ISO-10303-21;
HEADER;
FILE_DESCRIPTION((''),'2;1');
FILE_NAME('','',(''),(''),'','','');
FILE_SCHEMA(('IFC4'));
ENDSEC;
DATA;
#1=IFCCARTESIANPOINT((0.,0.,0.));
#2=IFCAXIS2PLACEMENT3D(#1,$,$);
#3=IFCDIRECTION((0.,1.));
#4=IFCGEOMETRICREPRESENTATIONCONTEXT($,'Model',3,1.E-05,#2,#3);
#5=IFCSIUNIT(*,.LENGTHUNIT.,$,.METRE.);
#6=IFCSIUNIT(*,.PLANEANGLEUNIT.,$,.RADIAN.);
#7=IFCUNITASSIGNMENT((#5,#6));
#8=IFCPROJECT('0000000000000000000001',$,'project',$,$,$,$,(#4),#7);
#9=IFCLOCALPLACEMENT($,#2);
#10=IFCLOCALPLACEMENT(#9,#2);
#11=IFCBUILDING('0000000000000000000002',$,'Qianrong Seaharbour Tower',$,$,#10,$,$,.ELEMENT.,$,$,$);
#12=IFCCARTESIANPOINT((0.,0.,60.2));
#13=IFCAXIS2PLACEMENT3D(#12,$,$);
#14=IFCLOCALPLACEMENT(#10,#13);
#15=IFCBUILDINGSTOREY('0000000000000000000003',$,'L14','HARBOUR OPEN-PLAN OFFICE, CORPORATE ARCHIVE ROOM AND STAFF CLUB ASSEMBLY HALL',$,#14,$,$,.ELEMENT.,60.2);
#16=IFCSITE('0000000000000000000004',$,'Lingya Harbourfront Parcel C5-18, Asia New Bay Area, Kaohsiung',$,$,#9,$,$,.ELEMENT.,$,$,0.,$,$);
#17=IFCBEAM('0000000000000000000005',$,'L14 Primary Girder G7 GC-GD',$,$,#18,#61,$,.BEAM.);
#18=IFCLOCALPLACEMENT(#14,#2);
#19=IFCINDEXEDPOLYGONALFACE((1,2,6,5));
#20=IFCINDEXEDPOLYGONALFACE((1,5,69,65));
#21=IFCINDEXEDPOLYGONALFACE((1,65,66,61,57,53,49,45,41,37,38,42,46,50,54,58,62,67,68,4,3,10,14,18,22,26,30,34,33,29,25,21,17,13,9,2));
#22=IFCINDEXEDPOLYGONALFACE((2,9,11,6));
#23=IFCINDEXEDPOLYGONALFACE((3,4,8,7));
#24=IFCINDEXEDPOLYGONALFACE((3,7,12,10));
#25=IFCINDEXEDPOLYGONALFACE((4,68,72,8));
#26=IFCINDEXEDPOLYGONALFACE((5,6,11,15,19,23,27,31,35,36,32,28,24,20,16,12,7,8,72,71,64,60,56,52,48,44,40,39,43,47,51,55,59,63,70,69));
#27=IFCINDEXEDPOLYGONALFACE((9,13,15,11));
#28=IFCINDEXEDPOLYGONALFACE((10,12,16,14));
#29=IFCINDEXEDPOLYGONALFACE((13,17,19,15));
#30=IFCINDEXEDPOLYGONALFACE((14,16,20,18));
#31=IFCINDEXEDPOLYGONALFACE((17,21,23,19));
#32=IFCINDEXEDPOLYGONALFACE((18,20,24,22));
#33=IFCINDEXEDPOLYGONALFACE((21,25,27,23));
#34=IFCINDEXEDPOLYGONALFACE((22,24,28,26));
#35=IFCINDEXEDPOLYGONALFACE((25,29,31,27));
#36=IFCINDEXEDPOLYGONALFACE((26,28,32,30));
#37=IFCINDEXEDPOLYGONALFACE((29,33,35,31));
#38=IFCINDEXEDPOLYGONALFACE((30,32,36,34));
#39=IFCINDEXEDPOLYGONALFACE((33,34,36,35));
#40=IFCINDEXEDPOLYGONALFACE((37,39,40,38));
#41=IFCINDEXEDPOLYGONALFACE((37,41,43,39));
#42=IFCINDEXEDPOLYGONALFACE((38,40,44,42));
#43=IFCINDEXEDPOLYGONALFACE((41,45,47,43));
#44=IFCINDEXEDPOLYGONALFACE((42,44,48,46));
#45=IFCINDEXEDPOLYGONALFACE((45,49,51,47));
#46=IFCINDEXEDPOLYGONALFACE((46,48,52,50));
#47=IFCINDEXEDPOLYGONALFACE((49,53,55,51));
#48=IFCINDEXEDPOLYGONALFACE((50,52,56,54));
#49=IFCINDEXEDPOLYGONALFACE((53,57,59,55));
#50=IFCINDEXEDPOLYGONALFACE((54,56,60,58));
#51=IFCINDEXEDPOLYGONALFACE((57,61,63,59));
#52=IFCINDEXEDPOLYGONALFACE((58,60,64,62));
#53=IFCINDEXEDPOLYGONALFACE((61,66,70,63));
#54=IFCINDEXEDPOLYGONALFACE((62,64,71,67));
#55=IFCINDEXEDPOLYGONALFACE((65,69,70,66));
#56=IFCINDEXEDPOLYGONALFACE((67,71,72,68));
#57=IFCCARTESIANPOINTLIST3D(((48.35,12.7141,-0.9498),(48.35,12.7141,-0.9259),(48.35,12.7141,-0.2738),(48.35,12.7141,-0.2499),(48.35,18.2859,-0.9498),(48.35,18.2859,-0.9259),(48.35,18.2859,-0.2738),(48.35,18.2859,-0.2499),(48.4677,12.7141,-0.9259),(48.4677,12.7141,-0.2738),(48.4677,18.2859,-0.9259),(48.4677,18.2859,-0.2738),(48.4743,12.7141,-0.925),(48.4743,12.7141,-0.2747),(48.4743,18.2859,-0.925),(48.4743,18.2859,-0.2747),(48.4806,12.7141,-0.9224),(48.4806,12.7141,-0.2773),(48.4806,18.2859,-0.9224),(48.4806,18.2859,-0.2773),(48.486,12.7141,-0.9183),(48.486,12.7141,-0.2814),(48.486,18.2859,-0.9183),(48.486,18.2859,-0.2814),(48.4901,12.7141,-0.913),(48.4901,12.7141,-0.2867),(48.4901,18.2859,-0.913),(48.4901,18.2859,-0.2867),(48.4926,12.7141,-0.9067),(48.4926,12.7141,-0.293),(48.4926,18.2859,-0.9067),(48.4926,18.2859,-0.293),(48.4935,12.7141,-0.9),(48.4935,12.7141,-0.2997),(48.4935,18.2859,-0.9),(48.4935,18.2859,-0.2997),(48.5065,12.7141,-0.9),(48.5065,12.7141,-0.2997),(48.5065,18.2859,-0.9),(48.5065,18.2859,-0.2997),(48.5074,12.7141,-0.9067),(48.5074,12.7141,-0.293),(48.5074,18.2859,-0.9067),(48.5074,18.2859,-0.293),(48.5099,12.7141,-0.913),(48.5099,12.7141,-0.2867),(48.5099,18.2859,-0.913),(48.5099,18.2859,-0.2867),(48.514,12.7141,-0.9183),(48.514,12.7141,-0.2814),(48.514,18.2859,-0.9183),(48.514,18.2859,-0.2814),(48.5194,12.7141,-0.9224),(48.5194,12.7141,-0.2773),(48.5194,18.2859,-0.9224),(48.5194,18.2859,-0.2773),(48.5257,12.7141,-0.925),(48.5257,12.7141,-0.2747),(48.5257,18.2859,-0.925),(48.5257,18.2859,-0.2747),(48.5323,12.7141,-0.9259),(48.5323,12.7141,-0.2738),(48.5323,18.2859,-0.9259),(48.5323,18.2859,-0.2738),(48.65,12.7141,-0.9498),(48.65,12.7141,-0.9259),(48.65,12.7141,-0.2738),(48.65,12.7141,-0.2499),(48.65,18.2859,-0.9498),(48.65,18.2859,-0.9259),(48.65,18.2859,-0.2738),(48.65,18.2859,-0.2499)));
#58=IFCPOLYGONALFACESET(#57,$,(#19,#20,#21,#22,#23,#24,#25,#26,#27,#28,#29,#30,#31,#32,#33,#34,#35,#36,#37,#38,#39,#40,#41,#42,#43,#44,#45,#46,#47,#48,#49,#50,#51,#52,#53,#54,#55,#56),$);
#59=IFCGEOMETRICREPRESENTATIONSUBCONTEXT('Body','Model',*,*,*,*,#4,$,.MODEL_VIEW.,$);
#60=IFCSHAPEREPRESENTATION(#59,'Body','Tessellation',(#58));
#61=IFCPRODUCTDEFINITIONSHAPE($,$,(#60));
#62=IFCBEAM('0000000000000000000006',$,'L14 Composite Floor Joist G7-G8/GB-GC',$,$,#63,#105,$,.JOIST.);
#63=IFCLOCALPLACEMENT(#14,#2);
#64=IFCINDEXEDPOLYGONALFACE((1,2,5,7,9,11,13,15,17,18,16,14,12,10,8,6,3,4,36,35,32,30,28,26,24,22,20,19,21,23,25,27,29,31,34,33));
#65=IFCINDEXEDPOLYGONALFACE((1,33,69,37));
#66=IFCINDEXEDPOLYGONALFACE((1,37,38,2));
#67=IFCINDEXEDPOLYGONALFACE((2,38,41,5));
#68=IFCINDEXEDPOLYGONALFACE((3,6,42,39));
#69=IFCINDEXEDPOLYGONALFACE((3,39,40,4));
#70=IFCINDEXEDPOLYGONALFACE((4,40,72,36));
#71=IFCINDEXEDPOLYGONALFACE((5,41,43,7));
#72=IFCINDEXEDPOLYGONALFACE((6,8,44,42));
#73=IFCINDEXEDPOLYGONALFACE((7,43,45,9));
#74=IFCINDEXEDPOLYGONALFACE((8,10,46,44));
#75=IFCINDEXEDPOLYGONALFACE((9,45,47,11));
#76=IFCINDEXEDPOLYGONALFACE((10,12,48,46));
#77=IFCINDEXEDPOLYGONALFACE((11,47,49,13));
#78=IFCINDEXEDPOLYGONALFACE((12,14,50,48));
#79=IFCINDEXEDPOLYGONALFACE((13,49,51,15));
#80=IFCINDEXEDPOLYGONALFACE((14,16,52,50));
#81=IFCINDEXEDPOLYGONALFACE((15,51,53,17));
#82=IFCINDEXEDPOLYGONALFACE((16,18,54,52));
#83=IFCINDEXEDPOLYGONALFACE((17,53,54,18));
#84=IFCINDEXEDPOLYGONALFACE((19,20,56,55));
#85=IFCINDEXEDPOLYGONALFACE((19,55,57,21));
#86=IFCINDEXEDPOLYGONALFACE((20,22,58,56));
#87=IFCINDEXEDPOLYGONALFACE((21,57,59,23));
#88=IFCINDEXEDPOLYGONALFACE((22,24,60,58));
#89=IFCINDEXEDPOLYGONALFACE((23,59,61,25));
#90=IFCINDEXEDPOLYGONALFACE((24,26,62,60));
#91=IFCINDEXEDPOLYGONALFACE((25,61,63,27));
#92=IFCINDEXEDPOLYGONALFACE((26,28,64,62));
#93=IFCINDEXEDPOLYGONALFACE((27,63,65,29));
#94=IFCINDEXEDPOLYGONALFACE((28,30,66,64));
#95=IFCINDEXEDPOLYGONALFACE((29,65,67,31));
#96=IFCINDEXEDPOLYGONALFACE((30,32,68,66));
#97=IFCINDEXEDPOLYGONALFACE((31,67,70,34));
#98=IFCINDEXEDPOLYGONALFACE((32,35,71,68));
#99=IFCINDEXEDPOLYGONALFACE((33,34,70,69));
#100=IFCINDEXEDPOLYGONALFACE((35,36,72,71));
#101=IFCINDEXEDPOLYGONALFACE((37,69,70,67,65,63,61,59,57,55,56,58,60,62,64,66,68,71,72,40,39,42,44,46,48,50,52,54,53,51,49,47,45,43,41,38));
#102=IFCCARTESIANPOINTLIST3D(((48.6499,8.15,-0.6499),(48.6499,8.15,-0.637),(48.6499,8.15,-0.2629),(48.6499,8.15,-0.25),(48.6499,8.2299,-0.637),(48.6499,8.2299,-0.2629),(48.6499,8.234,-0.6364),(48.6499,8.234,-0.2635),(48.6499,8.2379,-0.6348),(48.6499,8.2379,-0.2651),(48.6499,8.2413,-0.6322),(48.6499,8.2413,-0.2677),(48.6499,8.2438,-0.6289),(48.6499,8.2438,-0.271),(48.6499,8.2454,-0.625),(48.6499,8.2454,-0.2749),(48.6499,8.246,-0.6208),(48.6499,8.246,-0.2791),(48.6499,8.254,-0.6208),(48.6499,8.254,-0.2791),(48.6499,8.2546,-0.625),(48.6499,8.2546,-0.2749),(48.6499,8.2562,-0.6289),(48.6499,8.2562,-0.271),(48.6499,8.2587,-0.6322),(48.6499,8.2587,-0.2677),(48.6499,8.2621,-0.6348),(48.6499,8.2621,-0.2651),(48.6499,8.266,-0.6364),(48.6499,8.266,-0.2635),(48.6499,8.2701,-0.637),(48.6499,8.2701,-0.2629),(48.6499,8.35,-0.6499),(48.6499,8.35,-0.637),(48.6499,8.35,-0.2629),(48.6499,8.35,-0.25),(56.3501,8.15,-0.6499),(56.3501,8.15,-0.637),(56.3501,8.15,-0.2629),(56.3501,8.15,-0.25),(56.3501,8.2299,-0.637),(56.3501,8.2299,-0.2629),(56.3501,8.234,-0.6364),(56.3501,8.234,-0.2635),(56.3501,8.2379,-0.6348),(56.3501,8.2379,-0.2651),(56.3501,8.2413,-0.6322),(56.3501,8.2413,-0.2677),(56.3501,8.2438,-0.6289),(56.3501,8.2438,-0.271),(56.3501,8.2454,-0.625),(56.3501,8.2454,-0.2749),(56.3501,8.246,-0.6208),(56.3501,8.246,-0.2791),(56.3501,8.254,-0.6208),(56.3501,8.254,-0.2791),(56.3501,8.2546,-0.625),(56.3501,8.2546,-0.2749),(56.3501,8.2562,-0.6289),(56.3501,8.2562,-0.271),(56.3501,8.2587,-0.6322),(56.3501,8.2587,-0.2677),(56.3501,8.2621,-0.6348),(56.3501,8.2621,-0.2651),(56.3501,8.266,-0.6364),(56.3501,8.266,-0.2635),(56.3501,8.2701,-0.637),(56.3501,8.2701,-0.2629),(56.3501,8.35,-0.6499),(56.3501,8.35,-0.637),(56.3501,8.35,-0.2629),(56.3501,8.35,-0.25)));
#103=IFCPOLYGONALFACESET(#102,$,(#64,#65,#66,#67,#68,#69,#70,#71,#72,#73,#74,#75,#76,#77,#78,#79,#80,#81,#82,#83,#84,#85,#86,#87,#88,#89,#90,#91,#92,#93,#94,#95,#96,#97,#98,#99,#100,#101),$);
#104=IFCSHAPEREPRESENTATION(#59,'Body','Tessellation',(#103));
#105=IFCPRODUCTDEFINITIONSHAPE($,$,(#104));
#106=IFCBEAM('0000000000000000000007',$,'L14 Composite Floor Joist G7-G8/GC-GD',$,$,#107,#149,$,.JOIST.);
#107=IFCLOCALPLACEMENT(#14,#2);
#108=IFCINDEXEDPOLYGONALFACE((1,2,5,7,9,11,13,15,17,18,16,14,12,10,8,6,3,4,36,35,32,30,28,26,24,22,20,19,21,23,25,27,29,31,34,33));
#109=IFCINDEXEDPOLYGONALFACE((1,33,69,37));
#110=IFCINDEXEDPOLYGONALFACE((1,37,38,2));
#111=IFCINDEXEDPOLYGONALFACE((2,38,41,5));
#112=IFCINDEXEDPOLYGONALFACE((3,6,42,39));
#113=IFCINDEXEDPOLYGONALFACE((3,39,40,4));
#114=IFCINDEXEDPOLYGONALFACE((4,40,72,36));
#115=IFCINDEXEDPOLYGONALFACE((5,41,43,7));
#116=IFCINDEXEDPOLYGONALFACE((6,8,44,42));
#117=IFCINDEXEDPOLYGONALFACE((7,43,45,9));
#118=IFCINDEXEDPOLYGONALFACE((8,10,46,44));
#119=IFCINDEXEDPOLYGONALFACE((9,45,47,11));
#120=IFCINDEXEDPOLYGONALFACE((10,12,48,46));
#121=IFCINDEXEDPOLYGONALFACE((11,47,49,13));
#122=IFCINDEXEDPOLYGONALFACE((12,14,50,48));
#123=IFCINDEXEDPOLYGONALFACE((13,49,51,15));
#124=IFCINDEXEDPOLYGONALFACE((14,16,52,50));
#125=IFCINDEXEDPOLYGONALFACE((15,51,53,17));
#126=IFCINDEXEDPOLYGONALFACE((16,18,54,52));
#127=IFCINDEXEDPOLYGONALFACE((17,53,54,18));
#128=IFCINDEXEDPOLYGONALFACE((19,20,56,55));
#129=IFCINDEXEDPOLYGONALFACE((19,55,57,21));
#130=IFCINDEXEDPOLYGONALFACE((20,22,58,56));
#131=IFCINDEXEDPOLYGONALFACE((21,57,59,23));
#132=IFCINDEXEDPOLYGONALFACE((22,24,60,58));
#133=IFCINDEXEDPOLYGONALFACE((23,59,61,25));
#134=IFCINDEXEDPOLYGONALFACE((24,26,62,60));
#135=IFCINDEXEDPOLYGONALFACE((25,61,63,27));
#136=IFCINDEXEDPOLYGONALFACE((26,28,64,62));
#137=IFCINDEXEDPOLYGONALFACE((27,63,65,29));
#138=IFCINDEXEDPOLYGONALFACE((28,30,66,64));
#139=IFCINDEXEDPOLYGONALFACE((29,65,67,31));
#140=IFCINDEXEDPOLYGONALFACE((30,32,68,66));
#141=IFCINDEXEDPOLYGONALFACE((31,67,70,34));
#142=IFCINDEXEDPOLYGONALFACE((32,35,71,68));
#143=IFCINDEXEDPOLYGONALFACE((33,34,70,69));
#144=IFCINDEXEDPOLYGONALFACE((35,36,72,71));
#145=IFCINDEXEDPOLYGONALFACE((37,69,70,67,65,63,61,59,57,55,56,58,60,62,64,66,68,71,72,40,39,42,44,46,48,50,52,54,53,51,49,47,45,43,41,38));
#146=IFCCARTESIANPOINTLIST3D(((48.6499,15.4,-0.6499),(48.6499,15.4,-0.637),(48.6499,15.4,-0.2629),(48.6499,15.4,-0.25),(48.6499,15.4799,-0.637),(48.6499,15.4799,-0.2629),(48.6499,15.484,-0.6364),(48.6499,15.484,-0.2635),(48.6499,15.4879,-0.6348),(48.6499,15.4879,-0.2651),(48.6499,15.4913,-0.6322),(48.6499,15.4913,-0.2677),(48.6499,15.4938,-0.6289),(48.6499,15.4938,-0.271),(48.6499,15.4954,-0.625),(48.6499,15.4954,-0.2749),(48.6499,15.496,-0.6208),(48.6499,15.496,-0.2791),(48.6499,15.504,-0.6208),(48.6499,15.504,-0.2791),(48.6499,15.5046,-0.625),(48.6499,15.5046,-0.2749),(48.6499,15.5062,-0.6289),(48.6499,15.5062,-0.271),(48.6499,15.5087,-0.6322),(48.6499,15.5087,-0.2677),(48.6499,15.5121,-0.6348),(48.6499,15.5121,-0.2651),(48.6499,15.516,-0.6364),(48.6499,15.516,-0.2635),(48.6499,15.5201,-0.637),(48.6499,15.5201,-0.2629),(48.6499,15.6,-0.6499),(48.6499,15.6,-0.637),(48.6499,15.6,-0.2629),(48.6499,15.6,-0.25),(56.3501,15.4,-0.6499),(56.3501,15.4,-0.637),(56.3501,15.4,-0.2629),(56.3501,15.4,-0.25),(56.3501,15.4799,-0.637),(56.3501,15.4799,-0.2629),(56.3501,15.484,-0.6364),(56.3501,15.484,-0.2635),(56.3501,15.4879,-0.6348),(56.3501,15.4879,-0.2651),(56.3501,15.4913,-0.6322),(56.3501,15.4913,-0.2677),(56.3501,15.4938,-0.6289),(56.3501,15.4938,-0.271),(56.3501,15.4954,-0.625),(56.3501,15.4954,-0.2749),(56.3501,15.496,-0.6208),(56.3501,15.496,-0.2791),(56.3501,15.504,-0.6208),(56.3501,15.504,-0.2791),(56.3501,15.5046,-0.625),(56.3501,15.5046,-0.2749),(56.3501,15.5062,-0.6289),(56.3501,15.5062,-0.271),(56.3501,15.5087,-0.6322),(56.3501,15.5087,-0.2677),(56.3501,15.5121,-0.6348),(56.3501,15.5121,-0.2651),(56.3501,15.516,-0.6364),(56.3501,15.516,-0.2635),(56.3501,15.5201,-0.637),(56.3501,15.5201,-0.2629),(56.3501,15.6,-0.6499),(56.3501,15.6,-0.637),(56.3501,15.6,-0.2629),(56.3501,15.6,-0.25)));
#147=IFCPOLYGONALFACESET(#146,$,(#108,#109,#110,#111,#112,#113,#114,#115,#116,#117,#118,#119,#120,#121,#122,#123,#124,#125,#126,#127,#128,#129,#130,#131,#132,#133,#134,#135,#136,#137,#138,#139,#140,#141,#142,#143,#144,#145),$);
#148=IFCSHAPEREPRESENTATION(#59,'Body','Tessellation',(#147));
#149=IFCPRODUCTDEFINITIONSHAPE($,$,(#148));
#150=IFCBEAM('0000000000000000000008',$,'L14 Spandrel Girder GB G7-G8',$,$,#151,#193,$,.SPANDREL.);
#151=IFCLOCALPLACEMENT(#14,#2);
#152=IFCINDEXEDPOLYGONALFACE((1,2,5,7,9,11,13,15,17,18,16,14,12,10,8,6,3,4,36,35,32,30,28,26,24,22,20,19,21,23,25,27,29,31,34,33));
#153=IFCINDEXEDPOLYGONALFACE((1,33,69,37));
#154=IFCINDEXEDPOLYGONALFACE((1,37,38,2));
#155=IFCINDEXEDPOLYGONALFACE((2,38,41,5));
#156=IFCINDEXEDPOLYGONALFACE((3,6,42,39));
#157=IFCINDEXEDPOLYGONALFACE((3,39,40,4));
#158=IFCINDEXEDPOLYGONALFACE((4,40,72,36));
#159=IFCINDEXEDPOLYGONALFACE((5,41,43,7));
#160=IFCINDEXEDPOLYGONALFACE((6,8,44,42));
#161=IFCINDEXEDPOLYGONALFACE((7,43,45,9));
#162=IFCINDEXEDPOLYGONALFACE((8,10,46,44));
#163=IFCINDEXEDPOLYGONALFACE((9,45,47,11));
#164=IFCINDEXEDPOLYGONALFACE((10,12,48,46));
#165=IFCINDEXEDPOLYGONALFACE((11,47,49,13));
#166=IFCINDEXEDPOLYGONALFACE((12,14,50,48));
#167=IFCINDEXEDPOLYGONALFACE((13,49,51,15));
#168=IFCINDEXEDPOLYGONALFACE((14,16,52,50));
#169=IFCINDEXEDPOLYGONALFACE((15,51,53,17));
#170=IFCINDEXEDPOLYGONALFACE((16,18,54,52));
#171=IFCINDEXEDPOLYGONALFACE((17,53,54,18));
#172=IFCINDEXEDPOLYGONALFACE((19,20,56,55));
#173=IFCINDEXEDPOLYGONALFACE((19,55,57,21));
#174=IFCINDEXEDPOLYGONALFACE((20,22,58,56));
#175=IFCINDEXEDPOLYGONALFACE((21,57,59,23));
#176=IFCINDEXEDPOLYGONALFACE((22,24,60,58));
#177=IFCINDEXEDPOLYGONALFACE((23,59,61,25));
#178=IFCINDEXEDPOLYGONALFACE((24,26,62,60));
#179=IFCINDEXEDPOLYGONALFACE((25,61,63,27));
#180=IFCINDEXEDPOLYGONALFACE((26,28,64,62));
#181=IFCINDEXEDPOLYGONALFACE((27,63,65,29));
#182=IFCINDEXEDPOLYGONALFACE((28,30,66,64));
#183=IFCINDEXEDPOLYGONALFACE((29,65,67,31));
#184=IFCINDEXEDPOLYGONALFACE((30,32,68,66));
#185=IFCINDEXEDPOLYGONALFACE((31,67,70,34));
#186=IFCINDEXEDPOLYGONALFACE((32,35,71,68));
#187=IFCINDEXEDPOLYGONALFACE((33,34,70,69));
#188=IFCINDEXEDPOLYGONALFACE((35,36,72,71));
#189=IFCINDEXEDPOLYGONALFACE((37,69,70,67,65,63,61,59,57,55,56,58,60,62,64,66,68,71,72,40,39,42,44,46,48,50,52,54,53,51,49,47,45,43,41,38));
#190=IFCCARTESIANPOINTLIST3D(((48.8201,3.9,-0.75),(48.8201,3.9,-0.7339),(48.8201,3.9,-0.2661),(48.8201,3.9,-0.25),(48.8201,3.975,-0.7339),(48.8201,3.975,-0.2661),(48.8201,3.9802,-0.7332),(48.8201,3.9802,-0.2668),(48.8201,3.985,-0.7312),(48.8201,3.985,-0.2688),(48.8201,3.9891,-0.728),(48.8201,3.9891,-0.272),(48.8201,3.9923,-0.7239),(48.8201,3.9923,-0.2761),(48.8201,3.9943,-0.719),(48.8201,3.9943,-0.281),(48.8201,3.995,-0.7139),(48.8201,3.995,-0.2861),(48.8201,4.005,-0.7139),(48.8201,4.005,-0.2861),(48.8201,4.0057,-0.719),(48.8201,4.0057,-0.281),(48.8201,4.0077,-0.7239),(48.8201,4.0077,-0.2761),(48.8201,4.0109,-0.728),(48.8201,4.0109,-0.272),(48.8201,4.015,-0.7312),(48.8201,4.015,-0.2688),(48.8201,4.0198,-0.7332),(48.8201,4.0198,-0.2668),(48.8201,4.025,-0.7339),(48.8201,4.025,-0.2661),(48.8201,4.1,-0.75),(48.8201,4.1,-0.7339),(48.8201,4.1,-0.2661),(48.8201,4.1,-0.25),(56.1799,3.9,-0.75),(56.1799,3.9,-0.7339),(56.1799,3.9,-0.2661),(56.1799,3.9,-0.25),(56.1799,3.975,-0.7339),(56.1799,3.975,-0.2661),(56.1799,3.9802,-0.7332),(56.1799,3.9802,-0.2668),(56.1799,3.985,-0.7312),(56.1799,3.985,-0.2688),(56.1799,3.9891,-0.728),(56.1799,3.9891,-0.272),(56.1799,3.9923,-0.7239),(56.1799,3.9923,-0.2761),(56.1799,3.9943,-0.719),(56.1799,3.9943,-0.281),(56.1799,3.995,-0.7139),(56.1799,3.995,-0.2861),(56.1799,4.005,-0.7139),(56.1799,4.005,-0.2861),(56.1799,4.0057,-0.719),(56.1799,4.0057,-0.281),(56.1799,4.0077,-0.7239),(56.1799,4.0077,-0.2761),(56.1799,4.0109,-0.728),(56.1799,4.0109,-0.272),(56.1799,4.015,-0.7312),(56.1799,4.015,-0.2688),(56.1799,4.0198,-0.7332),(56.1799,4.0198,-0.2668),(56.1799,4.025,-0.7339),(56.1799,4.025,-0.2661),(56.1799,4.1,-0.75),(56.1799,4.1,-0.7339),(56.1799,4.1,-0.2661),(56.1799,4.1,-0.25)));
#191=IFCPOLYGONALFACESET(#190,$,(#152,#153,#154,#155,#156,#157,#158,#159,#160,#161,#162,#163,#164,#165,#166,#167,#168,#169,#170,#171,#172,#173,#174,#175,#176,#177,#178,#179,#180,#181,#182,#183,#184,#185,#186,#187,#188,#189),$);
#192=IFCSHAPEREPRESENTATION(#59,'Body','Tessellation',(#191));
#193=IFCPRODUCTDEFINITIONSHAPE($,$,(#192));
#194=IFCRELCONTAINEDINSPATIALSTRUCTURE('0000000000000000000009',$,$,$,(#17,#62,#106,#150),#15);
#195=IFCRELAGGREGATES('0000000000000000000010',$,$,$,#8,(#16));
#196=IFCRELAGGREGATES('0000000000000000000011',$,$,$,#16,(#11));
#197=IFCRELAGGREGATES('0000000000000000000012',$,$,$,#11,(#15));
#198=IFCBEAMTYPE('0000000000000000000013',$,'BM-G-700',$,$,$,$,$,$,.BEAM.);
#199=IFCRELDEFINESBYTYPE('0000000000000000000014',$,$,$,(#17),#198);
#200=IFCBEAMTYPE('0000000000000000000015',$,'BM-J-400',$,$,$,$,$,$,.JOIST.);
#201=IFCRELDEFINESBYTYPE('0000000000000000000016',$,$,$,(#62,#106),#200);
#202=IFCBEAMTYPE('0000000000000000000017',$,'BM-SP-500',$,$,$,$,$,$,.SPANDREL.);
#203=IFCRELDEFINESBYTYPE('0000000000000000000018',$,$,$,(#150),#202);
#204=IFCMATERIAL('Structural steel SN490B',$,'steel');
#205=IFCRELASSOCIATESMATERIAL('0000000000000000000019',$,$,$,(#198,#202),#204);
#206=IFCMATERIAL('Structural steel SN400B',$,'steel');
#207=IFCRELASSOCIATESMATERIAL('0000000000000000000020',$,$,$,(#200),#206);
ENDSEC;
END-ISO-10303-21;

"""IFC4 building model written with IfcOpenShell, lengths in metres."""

from ifc_helpers import new_model, si_unit, direction, frame, origin, origin_2d, place, context, subcontext, project, spatial, i_section, extrude, material, material_profile, profile_set, type_object, element, save


model = new_model("IFC4")

# Units and contexts
model_context = context("Model", 3, precision=1e-05, world=origin(), true_north=direction((0.0, 1.0)))
body_context = subcontext(model_context, "Body", "Model", "MODEL_VIEW")
ifc_project = project(units=[si_unit("LENGTHUNIT", "METRE"), si_unit("PLANEANGLEUNIT", "RADIAN")], contexts=[model_context])

# Site, building, storey
site_placement = place(None, origin())
site = spatial("IfcSite", under=ifc_project, at=site_placement, Name="Lingya Harbourfront Parcel C5-18, Asia New Bay Area, Kaohsiung", CompositionType="ELEMENT", RefElevation=0.0)
building_placement = place(site_placement, origin())
building = spatial("IfcBuilding", under=site, at=building_placement, Name="Qianrong Seaharbour Tower", CompositionType="ELEMENT")
storey_placement = place(building_placement, frame((0.0, 0.0, 60.2)))
storey = spatial("IfcBuildingStorey", under=building, at=storey_placement, Name="L14", Description="HARBOUR OPEN-PLAN OFFICE, CORPORATE ARCHIVE ROOM AND STAFF CLUB ASSEMBLY HALL", CompositionType="ELEMENT", Elevation=60.2)

# Shared definitions
ifc_material_1 = material(Name="Structural steel SN490B", Category="steel")

# Beams
ifc_material_profile_1 = material_profile(ifc_material_1, i_section(OverallWidth=0.3, OverallDepth=0.7, WebThickness=0.0129, FlangeThickness=0.0239, FilletRadius=0.0259, at=origin_2d()), Name="H700x300x13x24")
ifc_profile_set_1 = profile_set([ifc_material_profile_1], Name="Structural steel SN490B")
beam_type_1 = type_object("IfcBeamType", Name="BM-G-700", PredefinedType="BEAM", material=ifc_profile_set_1)
beam_1_placement = place(storey_placement, frame((48.5, 12.7141, -0.5999), z_axis=(0.0, 1.0, 0.0), x_axis=(-1.0, 0.0, 0.0)))
element("IfcBeam", 1, at=beam_1_placement, inside=storey, type_object=beam_type_1, Name="L14 Primary Girder G7 GC-GD", PredefinedType="BEAM", context=body_context, shape_type="SweptSolid", body=[
    extrude(i_section(OverallWidth=0.3, OverallDepth=0.7, WebThickness=0.0129, FlangeThickness=0.0239, FilletRadius=0.0259, at=origin_2d()), origin(), (0.0, 0.0, 1.0), 5.5718),
])
ifc_material_2 = material(Name="Structural steel SN400B", Category="steel")
ifc_material_profile_2 = material_profile(ifc_material_2, i_section(OverallWidth=0.2, OverallDepth=0.3999, WebThickness=0.0081, FlangeThickness=0.0129, FilletRadius=0.0161, at=origin_2d()), Name="H400x200x8x13")
ifc_profile_set_2 = profile_set([ifc_material_profile_2], Name="Structural steel SN400B")
beam_type_2 = type_object("IfcBeamType", Name="BM-J-400", PredefinedType="JOIST", material=ifc_profile_set_2)
for number, where, z_axis, x_axis, name in (
    (2, (48.6499, 8.25, -0.45), (1.0, 0.0, 0.0), (0.0, 1.0, 0.0), "L14 Composite Floor Joist G7-G8/GB-GC"),
    (3, (48.6499, 15.5, -0.45), (1.0, 0.0, 0.0), (0.0, 1.0, 0.0), "L14 Composite Floor Joist G7-G8/GC-GD"),
):
    element("IfcBeam", number, at=place(storey_placement, frame(where, z_axis=z_axis, x_axis=x_axis)), inside=storey, type_object=beam_type_2, Name=name, PredefinedType="JOIST", context=body_context, shape_type="SweptSolid", body=[
        extrude(i_section(OverallWidth=0.2, OverallDepth=0.3999, WebThickness=0.0081, FlangeThickness=0.0129, FilletRadius=0.0161, at=origin_2d()), origin(), (0.0, 0.0, 1.0), 7.7002),
    ])
ifc_material_profile_3 = material_profile(ifc_material_1, i_section(OverallWidth=0.2, OverallDepth=0.5, WebThickness=0.01, FlangeThickness=0.0161, FilletRadius=0.02, at=origin_2d()), Name="H500x200x10x16")
ifc_profile_set_3 = profile_set([ifc_material_profile_3], Name="Structural steel SN490B")
beam_type_3 = type_object("IfcBeamType", Name="BM-SP-500", PredefinedType="SPANDREL", material=ifc_profile_set_3)
beam_2_placement = place(storey_placement, frame((48.8201, 4.0, -0.5), z_axis=(1.0, 0.0, 0.0), x_axis=(0.0, 1.0, 0.0)))
element("IfcBeam", 4, at=beam_2_placement, inside=storey, type_object=beam_type_3, Name="L14 Spandrel Girder GB G7-G8", PredefinedType="SPANDREL", context=body_context, shape_type="SweptSolid", body=[
    extrude(i_section(OverallWidth=0.2, OverallDepth=0.5, WebThickness=0.01, FlangeThickness=0.0161, FilletRadius=0.02, at=origin_2d()), origin(), (0.0, 0.0, 1.0), 7.3599),
])

save(model, "model.ifc")
